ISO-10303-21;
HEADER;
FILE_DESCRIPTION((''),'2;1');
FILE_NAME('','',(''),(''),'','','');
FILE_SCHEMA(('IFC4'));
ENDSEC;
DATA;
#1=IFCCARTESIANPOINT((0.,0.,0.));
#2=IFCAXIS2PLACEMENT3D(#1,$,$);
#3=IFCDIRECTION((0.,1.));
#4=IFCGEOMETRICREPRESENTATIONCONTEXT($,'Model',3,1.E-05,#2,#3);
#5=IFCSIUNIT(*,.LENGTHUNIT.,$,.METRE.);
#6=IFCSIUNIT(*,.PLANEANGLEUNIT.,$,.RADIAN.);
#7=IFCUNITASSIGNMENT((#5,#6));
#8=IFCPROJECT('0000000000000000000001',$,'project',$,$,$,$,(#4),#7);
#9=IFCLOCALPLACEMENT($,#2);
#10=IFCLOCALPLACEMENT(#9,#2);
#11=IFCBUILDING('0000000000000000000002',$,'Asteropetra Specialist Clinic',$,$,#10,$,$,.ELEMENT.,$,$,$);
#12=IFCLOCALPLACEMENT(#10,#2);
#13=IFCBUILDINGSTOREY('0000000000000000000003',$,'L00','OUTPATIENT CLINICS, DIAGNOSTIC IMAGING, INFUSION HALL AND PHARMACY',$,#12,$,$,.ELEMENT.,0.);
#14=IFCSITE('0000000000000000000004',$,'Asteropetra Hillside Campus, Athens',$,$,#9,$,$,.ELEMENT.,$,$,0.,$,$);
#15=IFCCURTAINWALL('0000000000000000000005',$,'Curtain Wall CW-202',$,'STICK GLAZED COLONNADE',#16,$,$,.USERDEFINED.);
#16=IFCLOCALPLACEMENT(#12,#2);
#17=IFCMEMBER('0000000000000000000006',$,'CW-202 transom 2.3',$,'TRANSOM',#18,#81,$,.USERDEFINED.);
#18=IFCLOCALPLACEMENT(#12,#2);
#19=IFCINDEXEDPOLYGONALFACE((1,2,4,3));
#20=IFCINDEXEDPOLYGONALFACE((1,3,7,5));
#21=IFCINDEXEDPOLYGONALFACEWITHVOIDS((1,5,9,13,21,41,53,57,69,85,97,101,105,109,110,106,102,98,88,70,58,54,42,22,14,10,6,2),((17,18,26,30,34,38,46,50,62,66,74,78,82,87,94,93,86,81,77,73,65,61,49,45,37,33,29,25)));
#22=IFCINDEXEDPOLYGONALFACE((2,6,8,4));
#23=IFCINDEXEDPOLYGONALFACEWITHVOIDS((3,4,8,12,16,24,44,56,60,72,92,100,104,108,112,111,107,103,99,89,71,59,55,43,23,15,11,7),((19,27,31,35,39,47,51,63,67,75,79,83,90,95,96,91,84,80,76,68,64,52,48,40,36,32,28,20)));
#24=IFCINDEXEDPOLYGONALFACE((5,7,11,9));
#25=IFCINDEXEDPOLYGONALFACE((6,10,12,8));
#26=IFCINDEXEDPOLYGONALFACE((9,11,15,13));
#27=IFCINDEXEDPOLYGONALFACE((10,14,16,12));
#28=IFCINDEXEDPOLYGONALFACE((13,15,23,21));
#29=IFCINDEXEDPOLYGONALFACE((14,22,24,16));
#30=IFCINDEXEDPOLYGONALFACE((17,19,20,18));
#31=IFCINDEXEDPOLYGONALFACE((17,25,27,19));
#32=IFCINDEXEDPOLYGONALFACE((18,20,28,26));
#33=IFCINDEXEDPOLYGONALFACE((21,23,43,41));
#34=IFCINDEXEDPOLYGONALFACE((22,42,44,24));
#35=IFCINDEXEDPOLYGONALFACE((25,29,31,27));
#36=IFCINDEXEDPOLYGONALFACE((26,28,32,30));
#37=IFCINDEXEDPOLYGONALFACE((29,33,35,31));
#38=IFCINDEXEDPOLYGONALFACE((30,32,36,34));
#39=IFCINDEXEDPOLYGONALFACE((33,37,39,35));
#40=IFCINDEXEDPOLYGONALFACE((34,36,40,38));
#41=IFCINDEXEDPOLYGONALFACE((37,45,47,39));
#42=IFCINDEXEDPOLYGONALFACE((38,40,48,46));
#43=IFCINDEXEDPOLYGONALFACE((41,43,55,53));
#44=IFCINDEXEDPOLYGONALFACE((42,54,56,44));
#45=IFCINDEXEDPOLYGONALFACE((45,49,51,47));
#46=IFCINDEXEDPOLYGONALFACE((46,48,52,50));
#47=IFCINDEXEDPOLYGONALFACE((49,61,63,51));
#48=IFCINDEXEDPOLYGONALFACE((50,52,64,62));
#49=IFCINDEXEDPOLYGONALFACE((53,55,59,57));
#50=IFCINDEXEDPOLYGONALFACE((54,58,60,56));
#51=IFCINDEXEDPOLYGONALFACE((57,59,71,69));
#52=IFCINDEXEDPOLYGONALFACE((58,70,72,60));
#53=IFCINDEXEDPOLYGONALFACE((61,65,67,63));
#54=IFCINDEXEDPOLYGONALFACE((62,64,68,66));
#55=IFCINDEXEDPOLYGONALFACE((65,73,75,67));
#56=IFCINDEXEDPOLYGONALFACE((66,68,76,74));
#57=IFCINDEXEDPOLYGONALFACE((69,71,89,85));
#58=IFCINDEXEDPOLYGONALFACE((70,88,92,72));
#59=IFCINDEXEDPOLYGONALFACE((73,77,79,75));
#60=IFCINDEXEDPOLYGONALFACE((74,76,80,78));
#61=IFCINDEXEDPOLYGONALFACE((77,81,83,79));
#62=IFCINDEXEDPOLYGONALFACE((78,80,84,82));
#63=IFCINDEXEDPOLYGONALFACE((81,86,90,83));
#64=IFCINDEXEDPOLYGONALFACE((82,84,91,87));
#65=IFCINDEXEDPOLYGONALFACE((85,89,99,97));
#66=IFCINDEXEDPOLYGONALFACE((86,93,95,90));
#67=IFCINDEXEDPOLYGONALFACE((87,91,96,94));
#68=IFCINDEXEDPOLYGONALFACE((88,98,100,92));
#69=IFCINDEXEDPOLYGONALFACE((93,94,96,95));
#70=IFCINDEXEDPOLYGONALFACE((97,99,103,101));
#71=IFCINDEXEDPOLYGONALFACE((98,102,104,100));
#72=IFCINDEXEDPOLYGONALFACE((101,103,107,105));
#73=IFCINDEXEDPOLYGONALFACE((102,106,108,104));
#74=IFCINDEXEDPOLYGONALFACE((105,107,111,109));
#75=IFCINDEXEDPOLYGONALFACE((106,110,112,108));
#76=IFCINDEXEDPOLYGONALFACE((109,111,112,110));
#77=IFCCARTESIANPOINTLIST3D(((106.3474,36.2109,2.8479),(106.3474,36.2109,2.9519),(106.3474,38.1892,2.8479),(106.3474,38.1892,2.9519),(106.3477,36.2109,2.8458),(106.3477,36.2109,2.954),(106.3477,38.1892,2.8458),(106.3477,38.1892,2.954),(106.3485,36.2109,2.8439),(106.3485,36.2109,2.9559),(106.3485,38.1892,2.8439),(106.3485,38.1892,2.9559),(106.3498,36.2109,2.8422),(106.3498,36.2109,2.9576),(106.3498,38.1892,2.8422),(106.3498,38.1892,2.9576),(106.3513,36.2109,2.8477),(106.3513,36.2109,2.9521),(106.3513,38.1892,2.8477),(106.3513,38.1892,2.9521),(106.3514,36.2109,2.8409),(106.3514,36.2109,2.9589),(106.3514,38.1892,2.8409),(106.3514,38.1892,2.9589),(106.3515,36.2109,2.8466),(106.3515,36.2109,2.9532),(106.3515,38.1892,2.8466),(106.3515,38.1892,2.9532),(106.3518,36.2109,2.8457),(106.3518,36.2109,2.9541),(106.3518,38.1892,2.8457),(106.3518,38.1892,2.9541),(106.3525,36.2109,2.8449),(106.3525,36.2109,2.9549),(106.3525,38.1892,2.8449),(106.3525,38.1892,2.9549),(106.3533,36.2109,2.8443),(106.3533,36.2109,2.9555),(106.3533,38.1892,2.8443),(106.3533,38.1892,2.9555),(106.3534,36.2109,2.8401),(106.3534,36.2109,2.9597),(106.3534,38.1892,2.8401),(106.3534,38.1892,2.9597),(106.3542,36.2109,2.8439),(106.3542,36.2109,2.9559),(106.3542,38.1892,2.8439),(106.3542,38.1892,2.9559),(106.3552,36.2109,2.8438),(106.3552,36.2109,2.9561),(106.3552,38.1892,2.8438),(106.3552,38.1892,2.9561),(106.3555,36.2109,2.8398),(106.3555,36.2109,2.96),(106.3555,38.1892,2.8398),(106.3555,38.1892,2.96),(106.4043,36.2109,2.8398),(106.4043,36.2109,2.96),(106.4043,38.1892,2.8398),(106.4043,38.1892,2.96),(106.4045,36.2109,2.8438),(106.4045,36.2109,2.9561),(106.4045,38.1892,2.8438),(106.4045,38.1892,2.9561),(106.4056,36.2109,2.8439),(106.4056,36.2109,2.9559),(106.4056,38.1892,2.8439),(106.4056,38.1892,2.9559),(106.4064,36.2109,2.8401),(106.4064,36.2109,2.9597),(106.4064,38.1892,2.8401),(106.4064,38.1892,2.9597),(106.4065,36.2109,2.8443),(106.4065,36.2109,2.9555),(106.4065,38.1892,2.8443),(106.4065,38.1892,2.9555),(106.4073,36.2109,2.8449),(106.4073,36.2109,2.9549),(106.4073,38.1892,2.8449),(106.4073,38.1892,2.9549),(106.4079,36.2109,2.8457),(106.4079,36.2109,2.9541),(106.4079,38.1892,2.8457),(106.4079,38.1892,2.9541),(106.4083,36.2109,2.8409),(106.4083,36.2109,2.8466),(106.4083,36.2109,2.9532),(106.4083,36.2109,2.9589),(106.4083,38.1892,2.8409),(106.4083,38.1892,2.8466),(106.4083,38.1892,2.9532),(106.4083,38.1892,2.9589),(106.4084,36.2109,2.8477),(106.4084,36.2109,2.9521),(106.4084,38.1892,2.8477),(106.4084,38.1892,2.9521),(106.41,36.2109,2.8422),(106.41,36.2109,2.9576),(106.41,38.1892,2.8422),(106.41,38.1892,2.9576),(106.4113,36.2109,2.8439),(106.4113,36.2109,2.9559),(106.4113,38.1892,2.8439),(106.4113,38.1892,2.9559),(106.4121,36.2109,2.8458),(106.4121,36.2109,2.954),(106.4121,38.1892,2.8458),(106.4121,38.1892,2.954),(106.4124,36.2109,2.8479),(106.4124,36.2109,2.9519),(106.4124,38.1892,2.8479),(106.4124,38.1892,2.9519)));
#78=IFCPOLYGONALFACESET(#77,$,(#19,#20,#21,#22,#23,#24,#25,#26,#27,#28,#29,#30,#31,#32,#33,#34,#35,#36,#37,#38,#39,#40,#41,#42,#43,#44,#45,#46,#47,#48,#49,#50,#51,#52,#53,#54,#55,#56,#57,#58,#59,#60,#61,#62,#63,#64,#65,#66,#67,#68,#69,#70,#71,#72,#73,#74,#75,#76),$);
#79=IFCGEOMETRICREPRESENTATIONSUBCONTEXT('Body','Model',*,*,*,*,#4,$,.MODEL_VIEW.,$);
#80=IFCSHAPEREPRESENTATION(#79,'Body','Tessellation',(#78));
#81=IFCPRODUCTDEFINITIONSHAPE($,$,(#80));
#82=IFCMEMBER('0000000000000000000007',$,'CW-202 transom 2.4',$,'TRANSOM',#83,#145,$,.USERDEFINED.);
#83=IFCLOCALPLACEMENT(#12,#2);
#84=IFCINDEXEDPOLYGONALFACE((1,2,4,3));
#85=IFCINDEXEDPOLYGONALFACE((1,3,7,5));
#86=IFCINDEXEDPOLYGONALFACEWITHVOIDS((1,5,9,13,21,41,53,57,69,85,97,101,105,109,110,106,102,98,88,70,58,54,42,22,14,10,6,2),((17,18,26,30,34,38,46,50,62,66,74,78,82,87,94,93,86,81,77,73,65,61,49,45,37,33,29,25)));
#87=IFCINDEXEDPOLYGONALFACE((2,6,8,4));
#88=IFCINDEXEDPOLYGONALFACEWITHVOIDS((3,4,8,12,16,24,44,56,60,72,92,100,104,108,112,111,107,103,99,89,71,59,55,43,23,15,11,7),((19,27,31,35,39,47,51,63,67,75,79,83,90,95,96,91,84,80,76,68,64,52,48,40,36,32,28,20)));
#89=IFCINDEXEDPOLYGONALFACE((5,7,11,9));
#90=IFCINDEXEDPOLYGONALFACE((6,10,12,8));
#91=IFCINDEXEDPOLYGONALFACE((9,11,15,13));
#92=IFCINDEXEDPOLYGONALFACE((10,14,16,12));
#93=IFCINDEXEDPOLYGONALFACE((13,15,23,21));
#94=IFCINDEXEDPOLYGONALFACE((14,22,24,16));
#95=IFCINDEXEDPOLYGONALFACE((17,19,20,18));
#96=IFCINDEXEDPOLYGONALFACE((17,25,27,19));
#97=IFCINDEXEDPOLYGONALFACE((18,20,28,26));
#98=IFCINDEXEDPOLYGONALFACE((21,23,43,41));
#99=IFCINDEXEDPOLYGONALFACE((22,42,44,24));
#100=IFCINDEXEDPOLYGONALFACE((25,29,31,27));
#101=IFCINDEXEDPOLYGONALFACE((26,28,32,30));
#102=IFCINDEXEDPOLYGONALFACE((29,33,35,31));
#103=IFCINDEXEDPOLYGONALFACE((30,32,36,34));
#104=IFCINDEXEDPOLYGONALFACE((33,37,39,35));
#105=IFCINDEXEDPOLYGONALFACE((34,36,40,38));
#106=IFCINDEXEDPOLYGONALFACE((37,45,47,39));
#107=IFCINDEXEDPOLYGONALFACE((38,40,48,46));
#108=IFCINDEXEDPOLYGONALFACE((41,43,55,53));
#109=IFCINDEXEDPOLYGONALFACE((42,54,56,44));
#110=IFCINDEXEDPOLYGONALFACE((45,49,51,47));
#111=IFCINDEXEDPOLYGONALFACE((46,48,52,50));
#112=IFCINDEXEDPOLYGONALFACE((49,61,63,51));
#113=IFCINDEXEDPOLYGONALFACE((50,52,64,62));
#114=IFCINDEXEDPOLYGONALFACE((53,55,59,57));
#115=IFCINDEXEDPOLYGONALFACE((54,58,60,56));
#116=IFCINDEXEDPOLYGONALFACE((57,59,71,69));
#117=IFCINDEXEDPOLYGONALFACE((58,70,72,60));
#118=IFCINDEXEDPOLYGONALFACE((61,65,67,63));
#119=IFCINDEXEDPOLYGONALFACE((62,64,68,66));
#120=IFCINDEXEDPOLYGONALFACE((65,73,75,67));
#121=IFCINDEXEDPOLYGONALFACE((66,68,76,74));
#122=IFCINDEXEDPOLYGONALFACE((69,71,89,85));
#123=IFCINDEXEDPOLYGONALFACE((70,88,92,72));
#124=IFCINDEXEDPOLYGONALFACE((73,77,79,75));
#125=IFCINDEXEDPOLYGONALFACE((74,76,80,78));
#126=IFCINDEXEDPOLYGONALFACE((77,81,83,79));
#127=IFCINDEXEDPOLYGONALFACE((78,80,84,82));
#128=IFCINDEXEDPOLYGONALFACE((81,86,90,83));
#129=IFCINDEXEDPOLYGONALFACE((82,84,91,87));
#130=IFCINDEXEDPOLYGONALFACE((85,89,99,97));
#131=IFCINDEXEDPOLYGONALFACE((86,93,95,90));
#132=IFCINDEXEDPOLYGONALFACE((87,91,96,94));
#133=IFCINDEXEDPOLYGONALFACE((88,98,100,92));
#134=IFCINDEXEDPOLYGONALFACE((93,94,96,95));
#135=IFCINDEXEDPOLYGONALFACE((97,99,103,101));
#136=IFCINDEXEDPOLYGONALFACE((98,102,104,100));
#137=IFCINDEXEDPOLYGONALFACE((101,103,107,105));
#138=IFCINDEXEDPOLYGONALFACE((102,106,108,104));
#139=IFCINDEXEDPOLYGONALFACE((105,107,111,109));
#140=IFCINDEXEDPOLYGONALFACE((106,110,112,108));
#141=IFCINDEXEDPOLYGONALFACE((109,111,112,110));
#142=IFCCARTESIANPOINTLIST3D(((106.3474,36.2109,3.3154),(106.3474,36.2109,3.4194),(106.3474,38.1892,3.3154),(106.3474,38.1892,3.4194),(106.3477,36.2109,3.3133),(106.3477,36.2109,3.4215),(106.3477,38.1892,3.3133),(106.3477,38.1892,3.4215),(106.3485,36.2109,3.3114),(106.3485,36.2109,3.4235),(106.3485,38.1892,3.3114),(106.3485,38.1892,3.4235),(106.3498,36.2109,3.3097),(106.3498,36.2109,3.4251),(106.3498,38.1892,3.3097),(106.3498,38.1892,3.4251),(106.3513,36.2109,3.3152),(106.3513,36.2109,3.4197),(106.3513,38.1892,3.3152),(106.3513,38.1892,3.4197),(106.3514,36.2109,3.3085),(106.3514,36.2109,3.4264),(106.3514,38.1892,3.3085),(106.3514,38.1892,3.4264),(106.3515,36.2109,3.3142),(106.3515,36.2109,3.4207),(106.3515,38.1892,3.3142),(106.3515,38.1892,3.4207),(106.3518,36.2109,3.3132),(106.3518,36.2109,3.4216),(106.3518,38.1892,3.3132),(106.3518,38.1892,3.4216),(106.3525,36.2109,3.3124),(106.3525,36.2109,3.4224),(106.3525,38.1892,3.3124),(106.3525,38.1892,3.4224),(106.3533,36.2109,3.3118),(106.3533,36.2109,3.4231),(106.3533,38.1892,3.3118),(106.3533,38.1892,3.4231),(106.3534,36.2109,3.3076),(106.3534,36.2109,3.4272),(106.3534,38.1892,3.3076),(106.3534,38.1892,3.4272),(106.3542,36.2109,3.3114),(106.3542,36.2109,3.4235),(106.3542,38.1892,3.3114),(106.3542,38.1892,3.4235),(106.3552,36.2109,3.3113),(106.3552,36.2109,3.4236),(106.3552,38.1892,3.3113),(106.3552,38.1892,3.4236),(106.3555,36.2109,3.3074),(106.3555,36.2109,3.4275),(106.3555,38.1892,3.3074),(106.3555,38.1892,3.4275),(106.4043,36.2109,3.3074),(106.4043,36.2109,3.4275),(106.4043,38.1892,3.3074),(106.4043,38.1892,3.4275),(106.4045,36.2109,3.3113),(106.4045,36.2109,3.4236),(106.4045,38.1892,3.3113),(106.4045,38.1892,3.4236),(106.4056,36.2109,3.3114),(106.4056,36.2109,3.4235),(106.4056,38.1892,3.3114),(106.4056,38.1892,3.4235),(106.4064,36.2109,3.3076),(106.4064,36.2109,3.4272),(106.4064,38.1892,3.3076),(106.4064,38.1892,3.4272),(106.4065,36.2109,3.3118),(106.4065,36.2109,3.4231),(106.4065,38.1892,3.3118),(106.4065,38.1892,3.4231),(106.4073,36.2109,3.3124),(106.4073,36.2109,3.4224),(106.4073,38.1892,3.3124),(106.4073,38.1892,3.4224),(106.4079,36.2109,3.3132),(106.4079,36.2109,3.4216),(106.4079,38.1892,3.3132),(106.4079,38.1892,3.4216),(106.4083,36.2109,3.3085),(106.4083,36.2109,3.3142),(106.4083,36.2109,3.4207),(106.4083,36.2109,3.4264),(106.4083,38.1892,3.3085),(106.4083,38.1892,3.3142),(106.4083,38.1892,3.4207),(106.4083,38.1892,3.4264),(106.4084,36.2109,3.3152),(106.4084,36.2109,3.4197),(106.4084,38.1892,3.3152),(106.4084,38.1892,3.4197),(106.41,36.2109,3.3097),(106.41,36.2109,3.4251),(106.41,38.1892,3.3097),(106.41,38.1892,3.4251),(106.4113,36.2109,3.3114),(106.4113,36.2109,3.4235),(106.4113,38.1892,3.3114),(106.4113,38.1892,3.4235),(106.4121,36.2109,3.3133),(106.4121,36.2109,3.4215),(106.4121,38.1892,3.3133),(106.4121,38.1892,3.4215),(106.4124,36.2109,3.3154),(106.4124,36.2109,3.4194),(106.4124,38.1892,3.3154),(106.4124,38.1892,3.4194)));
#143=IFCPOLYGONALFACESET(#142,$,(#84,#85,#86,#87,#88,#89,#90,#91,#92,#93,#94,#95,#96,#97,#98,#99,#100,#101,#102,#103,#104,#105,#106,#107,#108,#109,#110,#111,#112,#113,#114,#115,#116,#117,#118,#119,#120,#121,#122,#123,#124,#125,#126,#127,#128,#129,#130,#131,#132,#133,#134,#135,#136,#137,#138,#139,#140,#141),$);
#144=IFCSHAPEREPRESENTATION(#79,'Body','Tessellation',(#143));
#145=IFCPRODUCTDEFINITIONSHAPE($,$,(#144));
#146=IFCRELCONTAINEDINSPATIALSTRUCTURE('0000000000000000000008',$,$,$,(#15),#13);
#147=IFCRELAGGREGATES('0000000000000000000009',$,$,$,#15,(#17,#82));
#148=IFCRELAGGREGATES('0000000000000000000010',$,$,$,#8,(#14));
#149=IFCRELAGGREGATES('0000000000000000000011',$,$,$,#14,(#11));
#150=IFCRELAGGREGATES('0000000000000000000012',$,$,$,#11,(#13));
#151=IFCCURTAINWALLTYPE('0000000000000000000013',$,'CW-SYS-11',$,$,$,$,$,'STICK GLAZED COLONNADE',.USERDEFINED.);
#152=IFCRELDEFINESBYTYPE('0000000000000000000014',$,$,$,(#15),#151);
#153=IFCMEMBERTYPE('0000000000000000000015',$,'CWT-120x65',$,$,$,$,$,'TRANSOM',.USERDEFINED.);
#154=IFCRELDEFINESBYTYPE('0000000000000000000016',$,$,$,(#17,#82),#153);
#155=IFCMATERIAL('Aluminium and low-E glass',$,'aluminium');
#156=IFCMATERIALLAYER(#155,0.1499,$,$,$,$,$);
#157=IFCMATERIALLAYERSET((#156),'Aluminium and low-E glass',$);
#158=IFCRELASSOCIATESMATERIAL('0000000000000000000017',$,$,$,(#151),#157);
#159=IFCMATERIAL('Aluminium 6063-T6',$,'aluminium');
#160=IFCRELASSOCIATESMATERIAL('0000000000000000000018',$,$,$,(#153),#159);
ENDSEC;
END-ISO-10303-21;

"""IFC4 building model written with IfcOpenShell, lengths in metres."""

from ifc_helpers import new_model, si_unit, direction, frame, origin, origin_2d, place, context, subcontext, project, spatial, hollow_rectangle, extrude, material, layer, layer_set, material_profile, profile_set, type_object, element, aggregate, save


model = new_model("IFC4")

# Units and contexts
model_context = context("Model", 3, precision=1e-05, world=origin(), true_north=direction((0.0, 1.0)))
body_context = subcontext(model_context, "Body", "Model", "MODEL_VIEW")
ifc_project = project(units=[si_unit("LENGTHUNIT", "METRE"), si_unit("PLANEANGLEUNIT", "RADIAN")], contexts=[model_context])

# Site, building, storey
site_placement = place(None, origin())
site = spatial("IfcSite", under=ifc_project, at=site_placement, Name="Asteropetra Hillside Campus, Athens", CompositionType="ELEMENT", RefElevation=0.0)
building_placement = place(site_placement, origin())
building = spatial("IfcBuilding", under=site, at=building_placement, Name="Asteropetra Specialist Clinic", CompositionType="ELEMENT")
storey_placement = place(building_placement, origin())
storey = spatial("IfcBuildingStorey", under=building, at=storey_placement, Name="L00", Description="OUTPATIENT CLINICS, DIAGNOSTIC IMAGING, INFUSION HALL AND PHARMACY", CompositionType="ELEMENT", Elevation=0.0)

# Curtain wall
ifc_material_1 = material(Name="Aluminium and low-E glass", Category="aluminium")
ifc_layer_1 = layer(ifc_material_1, 0.1499)
ifc_layer_set_1 = layer_set([ifc_layer_1], Name="Aluminium and low-E glass")
curtain_wall_type_1 = type_object("IfcCurtainWallType", Name="CW-SYS-11", ElementType="STICK GLAZED COLONNADE", PredefinedType="USERDEFINED", material=ifc_layer_set_1)
curtain_wall_1_placement = place(storey_placement, origin())
curtain_wall_1 = element("IfcCurtainWall", 1, at=curtain_wall_1_placement, inside=storey, type_object=curtain_wall_type_1, Name="Curtain Wall CW-202", ObjectType="STICK GLAZED COLONNADE", PredefinedType="USERDEFINED")

# Members
ifc_material_2 = material(Name="Aluminium 6063-T6", Category="aluminium")
ifc_material_profile_1 = material_profile(ifc_material_2, hollow_rectangle(XDim=0.0649, YDim=0.1201, WallThickness=0.0039, InnerFilletRadius=0.0039, OuterFilletRadius=0.0081, at=origin_2d()), Name="TRN 120x65x4.0")
ifc_profile_set_1 = profile_set([ifc_material_profile_1], Name="Aluminium 6063-T6")
member_type_1 = type_object("IfcMemberType", Name="CWT-120x65", ElementType="TRANSOM", PredefinedType="USERDEFINED", material=ifc_profile_set_1)
member_1_placement = place(storey_placement, frame((106.3799, 38.1892, 2.8999), z_axis=(0.0, -1.0, 0.0), x_axis=(1.0, 0.0, 0.0)))
member_1 = element("IfcMember", 2, at=member_1_placement, type_object=member_type_1, Name="CW-202 transom 2.3", ObjectType="TRANSOM", PredefinedType="USERDEFINED", context=body_context, shape_type="SweptSolid", body=[
    extrude(hollow_rectangle(XDim=0.0649, YDim=0.1201, WallThickness=0.0039, InnerFilletRadius=0.0039, OuterFilletRadius=0.0081, at=origin_2d()), origin(), (0.0, 0.0, 1.0), 1.9783),
])
member_2_placement = place(storey_placement, frame((106.3799, 38.1892, 3.3674), z_axis=(0.0, -1.0, 0.0), x_axis=(1.0, 0.0, 0.0)))
member_2 = element("IfcMember", 3, at=member_2_placement, type_object=member_type_1, Name="CW-202 transom 2.4", ObjectType="TRANSOM", PredefinedType="USERDEFINED", context=body_context, shape_type="SweptSolid", body=[
    extrude(hollow_rectangle(XDim=0.0649, YDim=0.1201, WallThickness=0.0039, InnerFilletRadius=0.0039, OuterFilletRadius=0.0081, at=origin_2d()), origin(), (0.0, 0.0, 1.0), 1.9783),
])

aggregate(curtain_wall_1, [member_1, member_2])

save(model, "model.ifc")
